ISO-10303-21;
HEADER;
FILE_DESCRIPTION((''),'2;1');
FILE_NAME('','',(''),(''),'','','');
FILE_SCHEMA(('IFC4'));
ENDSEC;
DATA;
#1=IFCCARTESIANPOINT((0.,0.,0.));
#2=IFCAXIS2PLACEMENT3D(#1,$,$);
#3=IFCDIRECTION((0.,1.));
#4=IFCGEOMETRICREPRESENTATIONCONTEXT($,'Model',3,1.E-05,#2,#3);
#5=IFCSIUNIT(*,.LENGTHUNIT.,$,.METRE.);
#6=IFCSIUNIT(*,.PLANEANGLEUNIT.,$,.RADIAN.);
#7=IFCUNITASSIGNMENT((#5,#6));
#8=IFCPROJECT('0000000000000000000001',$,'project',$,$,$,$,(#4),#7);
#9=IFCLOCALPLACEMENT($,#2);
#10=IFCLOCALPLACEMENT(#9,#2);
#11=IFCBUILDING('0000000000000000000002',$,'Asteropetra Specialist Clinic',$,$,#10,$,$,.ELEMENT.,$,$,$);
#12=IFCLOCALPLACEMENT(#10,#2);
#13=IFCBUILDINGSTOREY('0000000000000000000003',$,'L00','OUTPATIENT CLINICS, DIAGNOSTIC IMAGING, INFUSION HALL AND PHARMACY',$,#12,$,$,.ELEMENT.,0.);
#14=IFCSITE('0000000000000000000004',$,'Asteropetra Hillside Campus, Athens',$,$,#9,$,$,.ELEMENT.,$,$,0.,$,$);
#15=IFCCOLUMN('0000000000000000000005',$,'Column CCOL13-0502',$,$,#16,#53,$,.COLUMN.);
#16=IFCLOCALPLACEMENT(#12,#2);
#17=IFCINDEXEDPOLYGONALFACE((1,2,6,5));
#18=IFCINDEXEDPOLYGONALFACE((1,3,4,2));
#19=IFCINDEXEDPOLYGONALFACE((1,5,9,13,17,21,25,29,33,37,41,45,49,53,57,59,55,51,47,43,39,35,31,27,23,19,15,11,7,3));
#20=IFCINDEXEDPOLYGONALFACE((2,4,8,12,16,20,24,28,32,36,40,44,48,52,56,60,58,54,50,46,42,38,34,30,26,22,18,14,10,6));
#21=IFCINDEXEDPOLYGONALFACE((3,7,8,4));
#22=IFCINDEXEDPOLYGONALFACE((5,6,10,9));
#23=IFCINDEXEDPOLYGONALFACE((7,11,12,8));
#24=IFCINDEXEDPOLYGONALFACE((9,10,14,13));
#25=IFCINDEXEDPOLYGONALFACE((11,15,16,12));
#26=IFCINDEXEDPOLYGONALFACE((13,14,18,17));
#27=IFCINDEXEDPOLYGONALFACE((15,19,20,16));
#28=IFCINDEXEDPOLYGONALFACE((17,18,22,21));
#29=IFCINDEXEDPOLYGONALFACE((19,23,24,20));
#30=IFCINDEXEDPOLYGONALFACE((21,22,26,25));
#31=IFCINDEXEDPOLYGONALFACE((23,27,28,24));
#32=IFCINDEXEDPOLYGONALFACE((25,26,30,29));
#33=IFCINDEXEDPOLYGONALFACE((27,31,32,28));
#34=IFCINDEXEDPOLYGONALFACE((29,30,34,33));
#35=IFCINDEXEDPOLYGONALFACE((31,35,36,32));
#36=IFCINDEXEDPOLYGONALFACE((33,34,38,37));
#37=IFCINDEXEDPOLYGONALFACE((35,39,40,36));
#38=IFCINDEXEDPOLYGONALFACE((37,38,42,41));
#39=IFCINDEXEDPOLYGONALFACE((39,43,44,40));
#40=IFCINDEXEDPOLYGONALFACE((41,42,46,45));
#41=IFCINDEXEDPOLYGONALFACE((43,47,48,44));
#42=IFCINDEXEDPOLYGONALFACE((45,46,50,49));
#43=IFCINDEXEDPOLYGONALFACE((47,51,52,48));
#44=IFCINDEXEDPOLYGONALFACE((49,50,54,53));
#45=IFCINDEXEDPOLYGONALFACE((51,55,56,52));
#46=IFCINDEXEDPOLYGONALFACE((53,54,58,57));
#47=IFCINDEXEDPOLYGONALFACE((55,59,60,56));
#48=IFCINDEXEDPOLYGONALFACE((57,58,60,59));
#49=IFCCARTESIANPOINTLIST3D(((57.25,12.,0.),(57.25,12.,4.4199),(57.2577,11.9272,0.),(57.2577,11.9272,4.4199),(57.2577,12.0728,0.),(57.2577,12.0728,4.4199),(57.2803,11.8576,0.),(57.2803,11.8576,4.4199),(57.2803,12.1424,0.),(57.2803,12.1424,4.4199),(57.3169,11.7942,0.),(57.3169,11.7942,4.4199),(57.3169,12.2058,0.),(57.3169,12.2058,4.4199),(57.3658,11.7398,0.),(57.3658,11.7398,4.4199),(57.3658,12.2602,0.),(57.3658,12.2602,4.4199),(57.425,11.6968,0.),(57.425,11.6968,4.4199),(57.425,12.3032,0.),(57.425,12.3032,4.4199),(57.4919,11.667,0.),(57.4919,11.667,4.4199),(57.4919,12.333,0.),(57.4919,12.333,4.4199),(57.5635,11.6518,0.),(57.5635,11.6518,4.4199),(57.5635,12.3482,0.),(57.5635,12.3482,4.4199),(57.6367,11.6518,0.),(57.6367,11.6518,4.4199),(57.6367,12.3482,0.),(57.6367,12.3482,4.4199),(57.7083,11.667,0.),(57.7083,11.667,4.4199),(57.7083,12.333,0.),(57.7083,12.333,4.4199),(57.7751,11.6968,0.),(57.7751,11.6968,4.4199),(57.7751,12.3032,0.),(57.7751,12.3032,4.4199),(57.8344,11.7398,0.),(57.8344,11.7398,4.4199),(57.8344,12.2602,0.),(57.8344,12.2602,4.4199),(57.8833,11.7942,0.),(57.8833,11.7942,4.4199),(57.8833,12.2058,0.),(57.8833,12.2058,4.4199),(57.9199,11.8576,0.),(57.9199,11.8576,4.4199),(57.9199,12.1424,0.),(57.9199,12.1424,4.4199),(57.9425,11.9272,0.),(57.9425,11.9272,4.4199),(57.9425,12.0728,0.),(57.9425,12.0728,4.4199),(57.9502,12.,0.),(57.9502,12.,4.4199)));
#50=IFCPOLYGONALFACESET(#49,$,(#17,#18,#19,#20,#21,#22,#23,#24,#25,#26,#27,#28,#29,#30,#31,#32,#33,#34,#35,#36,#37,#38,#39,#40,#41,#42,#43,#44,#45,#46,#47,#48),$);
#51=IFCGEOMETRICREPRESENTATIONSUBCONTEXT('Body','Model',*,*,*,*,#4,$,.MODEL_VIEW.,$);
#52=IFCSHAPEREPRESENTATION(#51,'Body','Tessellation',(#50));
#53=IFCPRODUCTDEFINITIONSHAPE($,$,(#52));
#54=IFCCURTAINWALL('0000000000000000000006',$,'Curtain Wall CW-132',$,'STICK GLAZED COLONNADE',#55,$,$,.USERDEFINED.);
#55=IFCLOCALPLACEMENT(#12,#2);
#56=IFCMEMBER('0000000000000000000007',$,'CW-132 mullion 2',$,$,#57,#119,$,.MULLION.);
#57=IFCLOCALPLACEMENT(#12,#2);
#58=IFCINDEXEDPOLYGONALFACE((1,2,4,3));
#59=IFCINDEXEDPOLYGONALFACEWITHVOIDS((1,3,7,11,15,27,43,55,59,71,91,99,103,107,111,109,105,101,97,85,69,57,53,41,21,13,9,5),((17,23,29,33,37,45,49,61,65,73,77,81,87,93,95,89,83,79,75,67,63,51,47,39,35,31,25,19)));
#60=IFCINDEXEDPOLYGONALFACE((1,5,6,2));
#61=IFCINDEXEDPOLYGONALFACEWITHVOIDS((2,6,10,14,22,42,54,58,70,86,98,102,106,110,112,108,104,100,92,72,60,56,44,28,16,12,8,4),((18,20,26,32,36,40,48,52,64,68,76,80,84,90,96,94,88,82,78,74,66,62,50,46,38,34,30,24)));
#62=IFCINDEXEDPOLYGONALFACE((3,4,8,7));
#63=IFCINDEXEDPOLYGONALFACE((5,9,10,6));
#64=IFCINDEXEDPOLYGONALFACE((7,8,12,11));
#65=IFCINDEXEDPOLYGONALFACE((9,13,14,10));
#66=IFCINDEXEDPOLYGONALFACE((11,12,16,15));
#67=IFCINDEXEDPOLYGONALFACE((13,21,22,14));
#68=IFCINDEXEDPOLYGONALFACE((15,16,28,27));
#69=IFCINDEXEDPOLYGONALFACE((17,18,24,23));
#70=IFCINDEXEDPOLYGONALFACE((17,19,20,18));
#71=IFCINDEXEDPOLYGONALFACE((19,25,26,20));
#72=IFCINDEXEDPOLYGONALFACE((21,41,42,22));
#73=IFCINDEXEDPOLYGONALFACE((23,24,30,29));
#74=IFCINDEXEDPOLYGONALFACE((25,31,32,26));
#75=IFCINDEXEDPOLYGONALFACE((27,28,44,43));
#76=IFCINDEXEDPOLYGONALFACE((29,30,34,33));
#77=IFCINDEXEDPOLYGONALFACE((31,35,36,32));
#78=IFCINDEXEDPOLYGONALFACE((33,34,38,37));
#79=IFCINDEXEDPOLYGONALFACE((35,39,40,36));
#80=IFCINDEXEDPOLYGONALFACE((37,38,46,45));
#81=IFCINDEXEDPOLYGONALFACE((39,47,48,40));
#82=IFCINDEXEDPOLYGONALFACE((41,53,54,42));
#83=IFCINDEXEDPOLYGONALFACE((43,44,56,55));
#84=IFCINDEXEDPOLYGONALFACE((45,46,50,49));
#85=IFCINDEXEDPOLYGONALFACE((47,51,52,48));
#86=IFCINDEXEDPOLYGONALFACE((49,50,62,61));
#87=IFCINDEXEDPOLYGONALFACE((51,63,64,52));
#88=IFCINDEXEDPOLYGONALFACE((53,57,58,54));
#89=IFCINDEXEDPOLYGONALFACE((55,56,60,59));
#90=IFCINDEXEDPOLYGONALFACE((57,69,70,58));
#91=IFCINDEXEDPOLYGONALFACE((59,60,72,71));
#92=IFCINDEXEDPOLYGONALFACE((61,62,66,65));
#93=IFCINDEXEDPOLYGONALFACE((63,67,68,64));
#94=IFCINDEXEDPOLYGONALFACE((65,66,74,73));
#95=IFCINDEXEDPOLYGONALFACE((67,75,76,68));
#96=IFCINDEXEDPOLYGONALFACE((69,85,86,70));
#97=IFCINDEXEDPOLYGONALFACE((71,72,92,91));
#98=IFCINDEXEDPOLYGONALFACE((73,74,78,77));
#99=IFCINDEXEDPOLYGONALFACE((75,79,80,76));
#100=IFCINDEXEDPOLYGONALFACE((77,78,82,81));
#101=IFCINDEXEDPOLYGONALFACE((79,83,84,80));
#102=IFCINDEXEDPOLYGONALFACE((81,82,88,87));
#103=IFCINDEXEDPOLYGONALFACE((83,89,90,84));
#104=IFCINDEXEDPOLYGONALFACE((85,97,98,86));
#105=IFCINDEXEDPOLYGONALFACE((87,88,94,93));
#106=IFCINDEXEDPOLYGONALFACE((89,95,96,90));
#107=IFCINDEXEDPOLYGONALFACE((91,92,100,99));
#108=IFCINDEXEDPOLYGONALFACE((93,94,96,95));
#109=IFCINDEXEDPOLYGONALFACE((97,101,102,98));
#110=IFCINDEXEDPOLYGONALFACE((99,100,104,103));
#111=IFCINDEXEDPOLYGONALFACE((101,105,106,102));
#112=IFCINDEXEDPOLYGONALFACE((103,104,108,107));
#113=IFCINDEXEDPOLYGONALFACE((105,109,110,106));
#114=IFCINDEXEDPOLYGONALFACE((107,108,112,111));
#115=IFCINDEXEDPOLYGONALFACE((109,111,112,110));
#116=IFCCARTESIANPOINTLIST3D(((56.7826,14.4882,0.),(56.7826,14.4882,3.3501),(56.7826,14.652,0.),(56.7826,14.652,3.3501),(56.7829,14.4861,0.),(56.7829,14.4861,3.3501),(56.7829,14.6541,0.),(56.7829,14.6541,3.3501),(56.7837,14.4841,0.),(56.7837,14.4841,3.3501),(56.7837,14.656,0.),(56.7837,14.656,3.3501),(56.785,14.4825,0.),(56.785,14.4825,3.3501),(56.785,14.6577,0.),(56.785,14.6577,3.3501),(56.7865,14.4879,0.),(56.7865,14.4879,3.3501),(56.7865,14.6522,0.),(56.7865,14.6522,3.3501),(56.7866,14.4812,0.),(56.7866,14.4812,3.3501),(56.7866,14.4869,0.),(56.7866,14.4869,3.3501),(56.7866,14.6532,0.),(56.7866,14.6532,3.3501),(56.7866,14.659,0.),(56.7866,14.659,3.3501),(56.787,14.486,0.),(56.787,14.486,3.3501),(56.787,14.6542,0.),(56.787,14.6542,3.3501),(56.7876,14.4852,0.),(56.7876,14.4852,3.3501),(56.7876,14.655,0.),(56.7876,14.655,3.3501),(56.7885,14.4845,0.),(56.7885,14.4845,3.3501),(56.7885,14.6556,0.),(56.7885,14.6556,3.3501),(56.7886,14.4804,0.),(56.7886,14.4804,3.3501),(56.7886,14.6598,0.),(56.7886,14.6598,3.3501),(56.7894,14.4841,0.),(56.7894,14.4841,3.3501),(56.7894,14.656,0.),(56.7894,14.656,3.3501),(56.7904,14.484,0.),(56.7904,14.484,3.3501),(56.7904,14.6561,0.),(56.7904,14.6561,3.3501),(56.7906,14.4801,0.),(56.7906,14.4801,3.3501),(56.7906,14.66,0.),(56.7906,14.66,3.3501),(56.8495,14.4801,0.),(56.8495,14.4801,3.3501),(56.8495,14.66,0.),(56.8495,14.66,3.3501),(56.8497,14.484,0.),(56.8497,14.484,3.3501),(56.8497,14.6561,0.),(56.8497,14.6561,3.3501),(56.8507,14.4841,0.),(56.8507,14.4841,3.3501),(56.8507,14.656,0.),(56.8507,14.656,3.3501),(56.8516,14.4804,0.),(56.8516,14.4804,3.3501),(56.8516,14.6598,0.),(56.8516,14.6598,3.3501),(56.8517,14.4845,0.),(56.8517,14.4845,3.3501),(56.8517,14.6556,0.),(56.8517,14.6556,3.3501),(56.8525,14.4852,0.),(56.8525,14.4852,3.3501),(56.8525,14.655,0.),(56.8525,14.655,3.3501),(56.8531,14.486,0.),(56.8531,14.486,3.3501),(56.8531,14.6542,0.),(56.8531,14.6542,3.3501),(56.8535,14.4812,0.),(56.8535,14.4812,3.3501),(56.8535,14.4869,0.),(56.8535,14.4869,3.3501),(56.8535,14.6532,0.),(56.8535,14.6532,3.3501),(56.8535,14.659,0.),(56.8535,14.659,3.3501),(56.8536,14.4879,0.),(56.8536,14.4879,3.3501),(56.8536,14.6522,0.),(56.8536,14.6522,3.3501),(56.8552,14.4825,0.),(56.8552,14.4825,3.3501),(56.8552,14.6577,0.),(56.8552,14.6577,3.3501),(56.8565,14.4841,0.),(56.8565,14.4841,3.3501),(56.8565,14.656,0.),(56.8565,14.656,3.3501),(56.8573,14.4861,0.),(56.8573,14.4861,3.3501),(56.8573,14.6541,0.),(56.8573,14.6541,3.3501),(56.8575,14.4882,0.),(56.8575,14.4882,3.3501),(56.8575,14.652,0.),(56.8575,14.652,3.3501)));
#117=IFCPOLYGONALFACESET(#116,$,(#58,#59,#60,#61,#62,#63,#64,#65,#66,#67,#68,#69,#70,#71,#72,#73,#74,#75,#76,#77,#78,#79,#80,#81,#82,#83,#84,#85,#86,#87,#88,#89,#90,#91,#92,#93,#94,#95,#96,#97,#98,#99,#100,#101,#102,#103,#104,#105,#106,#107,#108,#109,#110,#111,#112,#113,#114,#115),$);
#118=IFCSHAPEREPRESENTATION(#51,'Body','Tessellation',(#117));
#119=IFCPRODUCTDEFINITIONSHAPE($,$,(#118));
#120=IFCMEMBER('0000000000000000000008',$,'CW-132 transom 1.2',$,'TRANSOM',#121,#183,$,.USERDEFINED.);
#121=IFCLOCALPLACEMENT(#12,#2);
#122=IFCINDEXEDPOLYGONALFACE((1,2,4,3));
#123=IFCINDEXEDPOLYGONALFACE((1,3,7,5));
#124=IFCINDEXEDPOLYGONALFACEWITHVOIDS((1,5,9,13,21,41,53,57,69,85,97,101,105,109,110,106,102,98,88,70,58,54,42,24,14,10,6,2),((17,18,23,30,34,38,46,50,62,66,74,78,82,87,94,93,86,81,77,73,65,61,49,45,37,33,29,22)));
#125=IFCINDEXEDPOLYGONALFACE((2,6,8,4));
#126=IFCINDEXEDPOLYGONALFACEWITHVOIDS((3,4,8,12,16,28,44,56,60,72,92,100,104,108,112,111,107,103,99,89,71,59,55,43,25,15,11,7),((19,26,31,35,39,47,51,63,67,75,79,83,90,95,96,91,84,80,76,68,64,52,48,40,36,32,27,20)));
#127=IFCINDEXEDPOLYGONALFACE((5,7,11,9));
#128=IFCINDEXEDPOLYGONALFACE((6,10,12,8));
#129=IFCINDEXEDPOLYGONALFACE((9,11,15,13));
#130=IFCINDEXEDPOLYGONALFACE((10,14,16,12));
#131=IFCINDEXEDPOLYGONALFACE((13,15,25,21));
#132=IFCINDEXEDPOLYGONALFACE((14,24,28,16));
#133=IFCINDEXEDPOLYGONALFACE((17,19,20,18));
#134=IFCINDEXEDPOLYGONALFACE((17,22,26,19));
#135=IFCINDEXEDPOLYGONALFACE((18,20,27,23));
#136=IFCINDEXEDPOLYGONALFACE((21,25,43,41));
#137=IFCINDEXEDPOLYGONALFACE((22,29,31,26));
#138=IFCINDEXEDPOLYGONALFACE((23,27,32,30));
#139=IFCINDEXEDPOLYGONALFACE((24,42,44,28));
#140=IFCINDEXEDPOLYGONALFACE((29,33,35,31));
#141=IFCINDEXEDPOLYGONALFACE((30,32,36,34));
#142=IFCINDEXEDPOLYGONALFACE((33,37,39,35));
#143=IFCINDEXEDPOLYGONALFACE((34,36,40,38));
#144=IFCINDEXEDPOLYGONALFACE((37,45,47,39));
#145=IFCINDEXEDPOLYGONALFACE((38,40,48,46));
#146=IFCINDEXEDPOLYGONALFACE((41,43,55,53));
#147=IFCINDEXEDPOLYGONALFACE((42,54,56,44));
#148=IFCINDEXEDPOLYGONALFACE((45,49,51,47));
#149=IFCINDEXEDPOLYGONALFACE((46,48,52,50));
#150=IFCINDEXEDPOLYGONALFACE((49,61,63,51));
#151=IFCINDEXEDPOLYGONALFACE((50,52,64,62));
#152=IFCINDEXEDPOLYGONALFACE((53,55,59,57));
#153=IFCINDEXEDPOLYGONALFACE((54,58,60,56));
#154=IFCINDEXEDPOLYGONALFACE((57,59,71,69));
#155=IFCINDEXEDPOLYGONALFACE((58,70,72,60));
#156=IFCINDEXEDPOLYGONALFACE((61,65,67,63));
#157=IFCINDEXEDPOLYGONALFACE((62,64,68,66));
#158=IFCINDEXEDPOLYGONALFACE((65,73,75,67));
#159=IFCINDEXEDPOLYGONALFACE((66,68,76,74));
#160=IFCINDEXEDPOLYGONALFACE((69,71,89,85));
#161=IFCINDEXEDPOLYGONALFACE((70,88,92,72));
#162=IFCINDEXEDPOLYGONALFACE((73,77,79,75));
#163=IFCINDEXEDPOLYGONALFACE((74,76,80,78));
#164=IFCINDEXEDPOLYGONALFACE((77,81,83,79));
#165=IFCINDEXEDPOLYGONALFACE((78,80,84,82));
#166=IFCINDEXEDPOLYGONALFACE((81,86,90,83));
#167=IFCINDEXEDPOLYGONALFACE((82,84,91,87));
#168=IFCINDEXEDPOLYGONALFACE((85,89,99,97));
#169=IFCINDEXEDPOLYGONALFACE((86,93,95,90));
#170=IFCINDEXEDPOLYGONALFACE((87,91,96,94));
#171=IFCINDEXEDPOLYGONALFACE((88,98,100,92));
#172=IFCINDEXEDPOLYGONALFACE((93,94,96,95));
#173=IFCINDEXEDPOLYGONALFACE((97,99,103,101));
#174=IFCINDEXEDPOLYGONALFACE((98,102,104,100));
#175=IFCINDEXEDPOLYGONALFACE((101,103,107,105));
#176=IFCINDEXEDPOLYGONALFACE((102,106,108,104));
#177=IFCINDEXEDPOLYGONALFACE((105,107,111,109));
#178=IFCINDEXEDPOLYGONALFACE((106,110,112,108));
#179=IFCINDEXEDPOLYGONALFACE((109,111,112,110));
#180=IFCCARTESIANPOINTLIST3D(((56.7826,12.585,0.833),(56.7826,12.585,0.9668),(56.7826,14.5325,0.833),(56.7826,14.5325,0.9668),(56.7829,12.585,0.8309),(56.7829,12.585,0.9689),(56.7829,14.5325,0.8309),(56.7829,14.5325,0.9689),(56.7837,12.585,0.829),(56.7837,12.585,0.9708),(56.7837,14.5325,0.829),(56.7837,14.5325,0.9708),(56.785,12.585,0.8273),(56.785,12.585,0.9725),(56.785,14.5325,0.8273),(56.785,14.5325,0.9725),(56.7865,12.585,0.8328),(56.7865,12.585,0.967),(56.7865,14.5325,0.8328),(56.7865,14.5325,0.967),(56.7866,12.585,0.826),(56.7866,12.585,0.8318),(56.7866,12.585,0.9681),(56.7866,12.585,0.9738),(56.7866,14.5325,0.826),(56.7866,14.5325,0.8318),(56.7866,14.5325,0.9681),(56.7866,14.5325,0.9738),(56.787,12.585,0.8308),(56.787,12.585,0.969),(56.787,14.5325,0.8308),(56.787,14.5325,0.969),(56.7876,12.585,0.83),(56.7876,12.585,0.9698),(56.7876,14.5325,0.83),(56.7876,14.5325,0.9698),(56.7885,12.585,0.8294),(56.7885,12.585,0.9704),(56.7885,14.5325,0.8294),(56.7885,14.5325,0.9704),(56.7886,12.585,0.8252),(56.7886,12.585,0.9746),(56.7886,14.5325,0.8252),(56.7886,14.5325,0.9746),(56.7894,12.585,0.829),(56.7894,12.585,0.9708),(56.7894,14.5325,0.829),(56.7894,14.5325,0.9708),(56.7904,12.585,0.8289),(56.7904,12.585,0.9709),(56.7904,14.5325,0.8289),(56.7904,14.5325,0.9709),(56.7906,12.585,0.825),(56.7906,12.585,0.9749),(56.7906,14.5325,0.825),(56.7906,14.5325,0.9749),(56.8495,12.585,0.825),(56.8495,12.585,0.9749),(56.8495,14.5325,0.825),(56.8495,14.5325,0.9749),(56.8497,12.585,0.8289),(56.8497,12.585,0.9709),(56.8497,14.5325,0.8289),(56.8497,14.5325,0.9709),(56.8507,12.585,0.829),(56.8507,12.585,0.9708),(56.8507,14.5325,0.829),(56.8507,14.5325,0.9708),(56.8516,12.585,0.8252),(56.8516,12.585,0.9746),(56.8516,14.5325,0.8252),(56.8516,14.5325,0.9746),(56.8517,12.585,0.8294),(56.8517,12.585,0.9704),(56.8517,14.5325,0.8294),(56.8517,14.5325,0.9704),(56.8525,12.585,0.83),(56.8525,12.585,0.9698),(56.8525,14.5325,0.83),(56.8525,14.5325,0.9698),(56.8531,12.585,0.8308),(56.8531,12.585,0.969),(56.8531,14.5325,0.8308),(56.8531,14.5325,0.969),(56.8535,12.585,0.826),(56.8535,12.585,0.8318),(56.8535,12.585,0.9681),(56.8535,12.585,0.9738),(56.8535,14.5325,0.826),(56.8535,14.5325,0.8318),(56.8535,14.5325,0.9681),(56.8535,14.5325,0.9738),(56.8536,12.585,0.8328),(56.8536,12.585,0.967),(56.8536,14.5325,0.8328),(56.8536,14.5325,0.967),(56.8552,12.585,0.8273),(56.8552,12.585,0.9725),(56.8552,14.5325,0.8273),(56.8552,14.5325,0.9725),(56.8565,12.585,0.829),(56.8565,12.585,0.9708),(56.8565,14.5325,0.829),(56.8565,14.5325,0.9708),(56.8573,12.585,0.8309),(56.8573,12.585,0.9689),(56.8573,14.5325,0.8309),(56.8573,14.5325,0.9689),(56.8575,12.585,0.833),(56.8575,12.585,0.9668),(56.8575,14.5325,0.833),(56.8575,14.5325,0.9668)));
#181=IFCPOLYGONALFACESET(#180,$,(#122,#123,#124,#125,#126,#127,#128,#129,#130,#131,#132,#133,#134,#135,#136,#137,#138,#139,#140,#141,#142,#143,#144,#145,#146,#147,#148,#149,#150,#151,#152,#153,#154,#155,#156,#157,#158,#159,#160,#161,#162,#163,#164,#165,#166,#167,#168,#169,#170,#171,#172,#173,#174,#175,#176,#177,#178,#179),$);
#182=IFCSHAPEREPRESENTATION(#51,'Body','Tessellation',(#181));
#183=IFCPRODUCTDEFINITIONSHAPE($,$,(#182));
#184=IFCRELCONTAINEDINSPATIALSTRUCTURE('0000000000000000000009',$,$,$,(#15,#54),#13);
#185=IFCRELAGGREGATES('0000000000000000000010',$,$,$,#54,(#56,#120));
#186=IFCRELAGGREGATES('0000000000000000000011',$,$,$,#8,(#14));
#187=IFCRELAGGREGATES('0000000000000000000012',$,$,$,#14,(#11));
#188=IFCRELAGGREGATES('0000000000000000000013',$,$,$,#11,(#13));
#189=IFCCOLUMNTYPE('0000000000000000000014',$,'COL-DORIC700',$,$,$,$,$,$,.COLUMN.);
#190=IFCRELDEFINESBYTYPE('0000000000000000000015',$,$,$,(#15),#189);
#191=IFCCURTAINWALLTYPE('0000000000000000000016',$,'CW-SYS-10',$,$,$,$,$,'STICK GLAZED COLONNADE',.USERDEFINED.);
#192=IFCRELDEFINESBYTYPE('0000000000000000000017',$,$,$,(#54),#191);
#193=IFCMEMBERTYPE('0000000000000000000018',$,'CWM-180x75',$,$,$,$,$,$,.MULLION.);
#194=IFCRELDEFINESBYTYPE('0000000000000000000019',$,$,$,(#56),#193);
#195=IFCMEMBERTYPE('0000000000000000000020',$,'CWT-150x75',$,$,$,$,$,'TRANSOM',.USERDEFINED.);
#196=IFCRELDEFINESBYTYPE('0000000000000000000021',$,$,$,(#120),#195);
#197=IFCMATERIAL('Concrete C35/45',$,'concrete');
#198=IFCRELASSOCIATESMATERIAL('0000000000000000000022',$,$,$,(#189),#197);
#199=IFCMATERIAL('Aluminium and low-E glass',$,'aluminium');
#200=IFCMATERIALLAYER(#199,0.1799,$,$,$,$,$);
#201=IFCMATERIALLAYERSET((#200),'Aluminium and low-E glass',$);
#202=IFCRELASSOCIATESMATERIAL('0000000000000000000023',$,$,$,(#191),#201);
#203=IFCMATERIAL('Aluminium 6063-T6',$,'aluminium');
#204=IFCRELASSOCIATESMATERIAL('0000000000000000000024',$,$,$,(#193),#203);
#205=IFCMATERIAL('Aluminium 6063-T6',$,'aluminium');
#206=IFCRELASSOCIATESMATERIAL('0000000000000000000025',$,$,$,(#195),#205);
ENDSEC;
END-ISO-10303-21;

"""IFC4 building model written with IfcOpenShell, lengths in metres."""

from ifc_helpers import new_model, si_unit, direction, frame, origin, origin_2d, place, context, subcontext, project, spatial, hollow_rectangle, circle, extrude, material, layer, layer_set, material_profile, profile_set, type_object, element, aggregate, save


model = new_model("IFC4")

# Units and contexts
model_context = context("Model", 3, precision=1e-05, world=origin(), true_north=direction((0.0, 1.0)))
body_context = subcontext(model_context, "Body", "Model", "MODEL_VIEW")
ifc_project = project(units=[si_unit("LENGTHUNIT", "METRE"), si_unit("PLANEANGLEUNIT", "RADIAN")], contexts=[model_context])

# Site, building, storey
site_placement = place(None, origin())
site = spatial("IfcSite", under=ifc_project, at=site_placement, Name="Asteropetra Hillside Campus, Athens", CompositionType="ELEMENT", RefElevation=0.0)
building_placement = place(site_placement, origin())
building = spatial("IfcBuilding", under=site, at=building_placement, Name="Asteropetra Specialist Clinic", CompositionType="ELEMENT")
storey_placement = place(building_placement, origin())
storey = spatial("IfcBuildingStorey", under=building, at=storey_placement, Name="L00", Description="OUTPATIENT CLINICS, DIAGNOSTIC IMAGING, INFUSION HALL AND PHARMACY", CompositionType="ELEMENT", Elevation=0.0)

# Column
ifc_material_1 = material(Name="Concrete C35/45", Category="concrete")
ifc_material_profile_1 = material_profile(ifc_material_1, circle(Radius=0.3501, at=origin_2d()), Name="RCC D700")
ifc_profile_set_1 = profile_set([ifc_material_profile_1], Name="Concrete C35/45")
column_type = type_object("IfcColumnType", Name="COL-DORIC700", PredefinedType="COLUMN", material=ifc_profile_set_1)
column_placement = place(storey_placement, frame((57.6001, 12.0, 0.0), z_axis=(0.0, 0.0, 1.0), x_axis=(1.0, 0.0, 0.0)))
element("IfcColumn", 1, at=column_placement, inside=storey, type_object=column_type, Name="Column CCOL13-0502", PredefinedType="COLUMN", context=body_context, shape_type="SweptSolid", body=[
    extrude(circle(Radius=0.3501, at=origin_2d()), origin(), (0.0, 0.0, 1.0), 4.4199),
])

# Curtain wall, members
ifc_material_2 = material(Name="Aluminium and low-E glass", Category="aluminium")
ifc_layer_1 = layer(ifc_material_2, 0.1799)
ifc_layer_set_1 = layer_set([ifc_layer_1], Name="Aluminium and low-E glass")
curtain_wall_type = type_object("IfcCurtainWallType", Name="CW-SYS-10", ElementType="STICK GLAZED COLONNADE", PredefinedType="USERDEFINED", material=ifc_layer_set_1)
curtain_wall_placement = place(storey_placement, origin())
curtain_wall = element("IfcCurtainWall", 2, at=curtain_wall_placement, inside=storey, type_object=curtain_wall_type, Name="Curtain Wall CW-132", ObjectType="STICK GLAZED COLONNADE", PredefinedType="USERDEFINED")
ifc_material_3 = material(Name="Aluminium 6063-T6", Category="aluminium")
ifc_material_profile_2 = material_profile(ifc_material_3, hollow_rectangle(XDim=0.075, YDim=0.1799, WallThickness=0.0039, InnerFilletRadius=0.0039, OuterFilletRadius=0.0081, at=origin_2d()), Name="MUL 180x75x4.0")
ifc_profile_set_2 = profile_set([ifc_material_profile_2], Name="Aluminium 6063-T6")
member_type_1 = type_object("IfcMemberType", Name="CWM-180x75", PredefinedType="MULLION", material=ifc_profile_set_2)
member_1_placement = place(storey_placement, frame((56.8201, 14.5701, 0.0), z_axis=(0.0, 0.0, 1.0), x_axis=(-1.0, 0.0, 0.0)))
member_1 = element("IfcMember", 3, at=member_1_placement, type_object=member_type_1, Name="CW-132 mullion 2", PredefinedType="MULLION", context=body_context, shape_type="SweptSolid", body=[
    extrude(hollow_rectangle(XDim=0.075, YDim=0.1799, WallThickness=0.0039, InnerFilletRadius=0.0039, OuterFilletRadius=0.0081, at=origin_2d()), origin(), (0.0, 0.0, 1.0), 3.3501),
])
ifc_material_4 = material(Name="Aluminium 6063-T6", Category="aluminium")
ifc_material_profile_3 = material_profile(ifc_material_4, hollow_rectangle(XDim=0.075, YDim=0.1499, WallThickness=0.0039, InnerFilletRadius=0.0039, OuterFilletRadius=0.0081, at=origin_2d()), Name="TRN 150x75x4.0")
ifc_profile_set_3 = profile_set([ifc_material_profile_3], Name="Aluminium 6063-T6")
member_type_2 = type_object("IfcMemberType", Name="CWT-150x75", ElementType="TRANSOM", PredefinedType="USERDEFINED", material=ifc_profile_set_3)
member_2_placement = place(storey_placement, frame((56.8201, 12.585, 0.8999), z_axis=(0.0, 1.0, 0.0), x_axis=(-1.0, 0.0, 0.0)))
member_2 = element("IfcMember", 4, at=member_2_placement, type_object=member_type_2, Name="CW-132 transom 1.2", ObjectType="TRANSOM", PredefinedType="USERDEFINED", context=body_context, shape_type="SweptSolid", body=[
    extrude(hollow_rectangle(XDim=0.075, YDim=0.1499, WallThickness=0.0039, InnerFilletRadius=0.0039, OuterFilletRadius=0.0081, at=origin_2d()), origin(), (0.0, 0.0, 1.0), 1.9475),
])

aggregate(curtain_wall, [member_1, member_2])

save(model, "model.ifc")
